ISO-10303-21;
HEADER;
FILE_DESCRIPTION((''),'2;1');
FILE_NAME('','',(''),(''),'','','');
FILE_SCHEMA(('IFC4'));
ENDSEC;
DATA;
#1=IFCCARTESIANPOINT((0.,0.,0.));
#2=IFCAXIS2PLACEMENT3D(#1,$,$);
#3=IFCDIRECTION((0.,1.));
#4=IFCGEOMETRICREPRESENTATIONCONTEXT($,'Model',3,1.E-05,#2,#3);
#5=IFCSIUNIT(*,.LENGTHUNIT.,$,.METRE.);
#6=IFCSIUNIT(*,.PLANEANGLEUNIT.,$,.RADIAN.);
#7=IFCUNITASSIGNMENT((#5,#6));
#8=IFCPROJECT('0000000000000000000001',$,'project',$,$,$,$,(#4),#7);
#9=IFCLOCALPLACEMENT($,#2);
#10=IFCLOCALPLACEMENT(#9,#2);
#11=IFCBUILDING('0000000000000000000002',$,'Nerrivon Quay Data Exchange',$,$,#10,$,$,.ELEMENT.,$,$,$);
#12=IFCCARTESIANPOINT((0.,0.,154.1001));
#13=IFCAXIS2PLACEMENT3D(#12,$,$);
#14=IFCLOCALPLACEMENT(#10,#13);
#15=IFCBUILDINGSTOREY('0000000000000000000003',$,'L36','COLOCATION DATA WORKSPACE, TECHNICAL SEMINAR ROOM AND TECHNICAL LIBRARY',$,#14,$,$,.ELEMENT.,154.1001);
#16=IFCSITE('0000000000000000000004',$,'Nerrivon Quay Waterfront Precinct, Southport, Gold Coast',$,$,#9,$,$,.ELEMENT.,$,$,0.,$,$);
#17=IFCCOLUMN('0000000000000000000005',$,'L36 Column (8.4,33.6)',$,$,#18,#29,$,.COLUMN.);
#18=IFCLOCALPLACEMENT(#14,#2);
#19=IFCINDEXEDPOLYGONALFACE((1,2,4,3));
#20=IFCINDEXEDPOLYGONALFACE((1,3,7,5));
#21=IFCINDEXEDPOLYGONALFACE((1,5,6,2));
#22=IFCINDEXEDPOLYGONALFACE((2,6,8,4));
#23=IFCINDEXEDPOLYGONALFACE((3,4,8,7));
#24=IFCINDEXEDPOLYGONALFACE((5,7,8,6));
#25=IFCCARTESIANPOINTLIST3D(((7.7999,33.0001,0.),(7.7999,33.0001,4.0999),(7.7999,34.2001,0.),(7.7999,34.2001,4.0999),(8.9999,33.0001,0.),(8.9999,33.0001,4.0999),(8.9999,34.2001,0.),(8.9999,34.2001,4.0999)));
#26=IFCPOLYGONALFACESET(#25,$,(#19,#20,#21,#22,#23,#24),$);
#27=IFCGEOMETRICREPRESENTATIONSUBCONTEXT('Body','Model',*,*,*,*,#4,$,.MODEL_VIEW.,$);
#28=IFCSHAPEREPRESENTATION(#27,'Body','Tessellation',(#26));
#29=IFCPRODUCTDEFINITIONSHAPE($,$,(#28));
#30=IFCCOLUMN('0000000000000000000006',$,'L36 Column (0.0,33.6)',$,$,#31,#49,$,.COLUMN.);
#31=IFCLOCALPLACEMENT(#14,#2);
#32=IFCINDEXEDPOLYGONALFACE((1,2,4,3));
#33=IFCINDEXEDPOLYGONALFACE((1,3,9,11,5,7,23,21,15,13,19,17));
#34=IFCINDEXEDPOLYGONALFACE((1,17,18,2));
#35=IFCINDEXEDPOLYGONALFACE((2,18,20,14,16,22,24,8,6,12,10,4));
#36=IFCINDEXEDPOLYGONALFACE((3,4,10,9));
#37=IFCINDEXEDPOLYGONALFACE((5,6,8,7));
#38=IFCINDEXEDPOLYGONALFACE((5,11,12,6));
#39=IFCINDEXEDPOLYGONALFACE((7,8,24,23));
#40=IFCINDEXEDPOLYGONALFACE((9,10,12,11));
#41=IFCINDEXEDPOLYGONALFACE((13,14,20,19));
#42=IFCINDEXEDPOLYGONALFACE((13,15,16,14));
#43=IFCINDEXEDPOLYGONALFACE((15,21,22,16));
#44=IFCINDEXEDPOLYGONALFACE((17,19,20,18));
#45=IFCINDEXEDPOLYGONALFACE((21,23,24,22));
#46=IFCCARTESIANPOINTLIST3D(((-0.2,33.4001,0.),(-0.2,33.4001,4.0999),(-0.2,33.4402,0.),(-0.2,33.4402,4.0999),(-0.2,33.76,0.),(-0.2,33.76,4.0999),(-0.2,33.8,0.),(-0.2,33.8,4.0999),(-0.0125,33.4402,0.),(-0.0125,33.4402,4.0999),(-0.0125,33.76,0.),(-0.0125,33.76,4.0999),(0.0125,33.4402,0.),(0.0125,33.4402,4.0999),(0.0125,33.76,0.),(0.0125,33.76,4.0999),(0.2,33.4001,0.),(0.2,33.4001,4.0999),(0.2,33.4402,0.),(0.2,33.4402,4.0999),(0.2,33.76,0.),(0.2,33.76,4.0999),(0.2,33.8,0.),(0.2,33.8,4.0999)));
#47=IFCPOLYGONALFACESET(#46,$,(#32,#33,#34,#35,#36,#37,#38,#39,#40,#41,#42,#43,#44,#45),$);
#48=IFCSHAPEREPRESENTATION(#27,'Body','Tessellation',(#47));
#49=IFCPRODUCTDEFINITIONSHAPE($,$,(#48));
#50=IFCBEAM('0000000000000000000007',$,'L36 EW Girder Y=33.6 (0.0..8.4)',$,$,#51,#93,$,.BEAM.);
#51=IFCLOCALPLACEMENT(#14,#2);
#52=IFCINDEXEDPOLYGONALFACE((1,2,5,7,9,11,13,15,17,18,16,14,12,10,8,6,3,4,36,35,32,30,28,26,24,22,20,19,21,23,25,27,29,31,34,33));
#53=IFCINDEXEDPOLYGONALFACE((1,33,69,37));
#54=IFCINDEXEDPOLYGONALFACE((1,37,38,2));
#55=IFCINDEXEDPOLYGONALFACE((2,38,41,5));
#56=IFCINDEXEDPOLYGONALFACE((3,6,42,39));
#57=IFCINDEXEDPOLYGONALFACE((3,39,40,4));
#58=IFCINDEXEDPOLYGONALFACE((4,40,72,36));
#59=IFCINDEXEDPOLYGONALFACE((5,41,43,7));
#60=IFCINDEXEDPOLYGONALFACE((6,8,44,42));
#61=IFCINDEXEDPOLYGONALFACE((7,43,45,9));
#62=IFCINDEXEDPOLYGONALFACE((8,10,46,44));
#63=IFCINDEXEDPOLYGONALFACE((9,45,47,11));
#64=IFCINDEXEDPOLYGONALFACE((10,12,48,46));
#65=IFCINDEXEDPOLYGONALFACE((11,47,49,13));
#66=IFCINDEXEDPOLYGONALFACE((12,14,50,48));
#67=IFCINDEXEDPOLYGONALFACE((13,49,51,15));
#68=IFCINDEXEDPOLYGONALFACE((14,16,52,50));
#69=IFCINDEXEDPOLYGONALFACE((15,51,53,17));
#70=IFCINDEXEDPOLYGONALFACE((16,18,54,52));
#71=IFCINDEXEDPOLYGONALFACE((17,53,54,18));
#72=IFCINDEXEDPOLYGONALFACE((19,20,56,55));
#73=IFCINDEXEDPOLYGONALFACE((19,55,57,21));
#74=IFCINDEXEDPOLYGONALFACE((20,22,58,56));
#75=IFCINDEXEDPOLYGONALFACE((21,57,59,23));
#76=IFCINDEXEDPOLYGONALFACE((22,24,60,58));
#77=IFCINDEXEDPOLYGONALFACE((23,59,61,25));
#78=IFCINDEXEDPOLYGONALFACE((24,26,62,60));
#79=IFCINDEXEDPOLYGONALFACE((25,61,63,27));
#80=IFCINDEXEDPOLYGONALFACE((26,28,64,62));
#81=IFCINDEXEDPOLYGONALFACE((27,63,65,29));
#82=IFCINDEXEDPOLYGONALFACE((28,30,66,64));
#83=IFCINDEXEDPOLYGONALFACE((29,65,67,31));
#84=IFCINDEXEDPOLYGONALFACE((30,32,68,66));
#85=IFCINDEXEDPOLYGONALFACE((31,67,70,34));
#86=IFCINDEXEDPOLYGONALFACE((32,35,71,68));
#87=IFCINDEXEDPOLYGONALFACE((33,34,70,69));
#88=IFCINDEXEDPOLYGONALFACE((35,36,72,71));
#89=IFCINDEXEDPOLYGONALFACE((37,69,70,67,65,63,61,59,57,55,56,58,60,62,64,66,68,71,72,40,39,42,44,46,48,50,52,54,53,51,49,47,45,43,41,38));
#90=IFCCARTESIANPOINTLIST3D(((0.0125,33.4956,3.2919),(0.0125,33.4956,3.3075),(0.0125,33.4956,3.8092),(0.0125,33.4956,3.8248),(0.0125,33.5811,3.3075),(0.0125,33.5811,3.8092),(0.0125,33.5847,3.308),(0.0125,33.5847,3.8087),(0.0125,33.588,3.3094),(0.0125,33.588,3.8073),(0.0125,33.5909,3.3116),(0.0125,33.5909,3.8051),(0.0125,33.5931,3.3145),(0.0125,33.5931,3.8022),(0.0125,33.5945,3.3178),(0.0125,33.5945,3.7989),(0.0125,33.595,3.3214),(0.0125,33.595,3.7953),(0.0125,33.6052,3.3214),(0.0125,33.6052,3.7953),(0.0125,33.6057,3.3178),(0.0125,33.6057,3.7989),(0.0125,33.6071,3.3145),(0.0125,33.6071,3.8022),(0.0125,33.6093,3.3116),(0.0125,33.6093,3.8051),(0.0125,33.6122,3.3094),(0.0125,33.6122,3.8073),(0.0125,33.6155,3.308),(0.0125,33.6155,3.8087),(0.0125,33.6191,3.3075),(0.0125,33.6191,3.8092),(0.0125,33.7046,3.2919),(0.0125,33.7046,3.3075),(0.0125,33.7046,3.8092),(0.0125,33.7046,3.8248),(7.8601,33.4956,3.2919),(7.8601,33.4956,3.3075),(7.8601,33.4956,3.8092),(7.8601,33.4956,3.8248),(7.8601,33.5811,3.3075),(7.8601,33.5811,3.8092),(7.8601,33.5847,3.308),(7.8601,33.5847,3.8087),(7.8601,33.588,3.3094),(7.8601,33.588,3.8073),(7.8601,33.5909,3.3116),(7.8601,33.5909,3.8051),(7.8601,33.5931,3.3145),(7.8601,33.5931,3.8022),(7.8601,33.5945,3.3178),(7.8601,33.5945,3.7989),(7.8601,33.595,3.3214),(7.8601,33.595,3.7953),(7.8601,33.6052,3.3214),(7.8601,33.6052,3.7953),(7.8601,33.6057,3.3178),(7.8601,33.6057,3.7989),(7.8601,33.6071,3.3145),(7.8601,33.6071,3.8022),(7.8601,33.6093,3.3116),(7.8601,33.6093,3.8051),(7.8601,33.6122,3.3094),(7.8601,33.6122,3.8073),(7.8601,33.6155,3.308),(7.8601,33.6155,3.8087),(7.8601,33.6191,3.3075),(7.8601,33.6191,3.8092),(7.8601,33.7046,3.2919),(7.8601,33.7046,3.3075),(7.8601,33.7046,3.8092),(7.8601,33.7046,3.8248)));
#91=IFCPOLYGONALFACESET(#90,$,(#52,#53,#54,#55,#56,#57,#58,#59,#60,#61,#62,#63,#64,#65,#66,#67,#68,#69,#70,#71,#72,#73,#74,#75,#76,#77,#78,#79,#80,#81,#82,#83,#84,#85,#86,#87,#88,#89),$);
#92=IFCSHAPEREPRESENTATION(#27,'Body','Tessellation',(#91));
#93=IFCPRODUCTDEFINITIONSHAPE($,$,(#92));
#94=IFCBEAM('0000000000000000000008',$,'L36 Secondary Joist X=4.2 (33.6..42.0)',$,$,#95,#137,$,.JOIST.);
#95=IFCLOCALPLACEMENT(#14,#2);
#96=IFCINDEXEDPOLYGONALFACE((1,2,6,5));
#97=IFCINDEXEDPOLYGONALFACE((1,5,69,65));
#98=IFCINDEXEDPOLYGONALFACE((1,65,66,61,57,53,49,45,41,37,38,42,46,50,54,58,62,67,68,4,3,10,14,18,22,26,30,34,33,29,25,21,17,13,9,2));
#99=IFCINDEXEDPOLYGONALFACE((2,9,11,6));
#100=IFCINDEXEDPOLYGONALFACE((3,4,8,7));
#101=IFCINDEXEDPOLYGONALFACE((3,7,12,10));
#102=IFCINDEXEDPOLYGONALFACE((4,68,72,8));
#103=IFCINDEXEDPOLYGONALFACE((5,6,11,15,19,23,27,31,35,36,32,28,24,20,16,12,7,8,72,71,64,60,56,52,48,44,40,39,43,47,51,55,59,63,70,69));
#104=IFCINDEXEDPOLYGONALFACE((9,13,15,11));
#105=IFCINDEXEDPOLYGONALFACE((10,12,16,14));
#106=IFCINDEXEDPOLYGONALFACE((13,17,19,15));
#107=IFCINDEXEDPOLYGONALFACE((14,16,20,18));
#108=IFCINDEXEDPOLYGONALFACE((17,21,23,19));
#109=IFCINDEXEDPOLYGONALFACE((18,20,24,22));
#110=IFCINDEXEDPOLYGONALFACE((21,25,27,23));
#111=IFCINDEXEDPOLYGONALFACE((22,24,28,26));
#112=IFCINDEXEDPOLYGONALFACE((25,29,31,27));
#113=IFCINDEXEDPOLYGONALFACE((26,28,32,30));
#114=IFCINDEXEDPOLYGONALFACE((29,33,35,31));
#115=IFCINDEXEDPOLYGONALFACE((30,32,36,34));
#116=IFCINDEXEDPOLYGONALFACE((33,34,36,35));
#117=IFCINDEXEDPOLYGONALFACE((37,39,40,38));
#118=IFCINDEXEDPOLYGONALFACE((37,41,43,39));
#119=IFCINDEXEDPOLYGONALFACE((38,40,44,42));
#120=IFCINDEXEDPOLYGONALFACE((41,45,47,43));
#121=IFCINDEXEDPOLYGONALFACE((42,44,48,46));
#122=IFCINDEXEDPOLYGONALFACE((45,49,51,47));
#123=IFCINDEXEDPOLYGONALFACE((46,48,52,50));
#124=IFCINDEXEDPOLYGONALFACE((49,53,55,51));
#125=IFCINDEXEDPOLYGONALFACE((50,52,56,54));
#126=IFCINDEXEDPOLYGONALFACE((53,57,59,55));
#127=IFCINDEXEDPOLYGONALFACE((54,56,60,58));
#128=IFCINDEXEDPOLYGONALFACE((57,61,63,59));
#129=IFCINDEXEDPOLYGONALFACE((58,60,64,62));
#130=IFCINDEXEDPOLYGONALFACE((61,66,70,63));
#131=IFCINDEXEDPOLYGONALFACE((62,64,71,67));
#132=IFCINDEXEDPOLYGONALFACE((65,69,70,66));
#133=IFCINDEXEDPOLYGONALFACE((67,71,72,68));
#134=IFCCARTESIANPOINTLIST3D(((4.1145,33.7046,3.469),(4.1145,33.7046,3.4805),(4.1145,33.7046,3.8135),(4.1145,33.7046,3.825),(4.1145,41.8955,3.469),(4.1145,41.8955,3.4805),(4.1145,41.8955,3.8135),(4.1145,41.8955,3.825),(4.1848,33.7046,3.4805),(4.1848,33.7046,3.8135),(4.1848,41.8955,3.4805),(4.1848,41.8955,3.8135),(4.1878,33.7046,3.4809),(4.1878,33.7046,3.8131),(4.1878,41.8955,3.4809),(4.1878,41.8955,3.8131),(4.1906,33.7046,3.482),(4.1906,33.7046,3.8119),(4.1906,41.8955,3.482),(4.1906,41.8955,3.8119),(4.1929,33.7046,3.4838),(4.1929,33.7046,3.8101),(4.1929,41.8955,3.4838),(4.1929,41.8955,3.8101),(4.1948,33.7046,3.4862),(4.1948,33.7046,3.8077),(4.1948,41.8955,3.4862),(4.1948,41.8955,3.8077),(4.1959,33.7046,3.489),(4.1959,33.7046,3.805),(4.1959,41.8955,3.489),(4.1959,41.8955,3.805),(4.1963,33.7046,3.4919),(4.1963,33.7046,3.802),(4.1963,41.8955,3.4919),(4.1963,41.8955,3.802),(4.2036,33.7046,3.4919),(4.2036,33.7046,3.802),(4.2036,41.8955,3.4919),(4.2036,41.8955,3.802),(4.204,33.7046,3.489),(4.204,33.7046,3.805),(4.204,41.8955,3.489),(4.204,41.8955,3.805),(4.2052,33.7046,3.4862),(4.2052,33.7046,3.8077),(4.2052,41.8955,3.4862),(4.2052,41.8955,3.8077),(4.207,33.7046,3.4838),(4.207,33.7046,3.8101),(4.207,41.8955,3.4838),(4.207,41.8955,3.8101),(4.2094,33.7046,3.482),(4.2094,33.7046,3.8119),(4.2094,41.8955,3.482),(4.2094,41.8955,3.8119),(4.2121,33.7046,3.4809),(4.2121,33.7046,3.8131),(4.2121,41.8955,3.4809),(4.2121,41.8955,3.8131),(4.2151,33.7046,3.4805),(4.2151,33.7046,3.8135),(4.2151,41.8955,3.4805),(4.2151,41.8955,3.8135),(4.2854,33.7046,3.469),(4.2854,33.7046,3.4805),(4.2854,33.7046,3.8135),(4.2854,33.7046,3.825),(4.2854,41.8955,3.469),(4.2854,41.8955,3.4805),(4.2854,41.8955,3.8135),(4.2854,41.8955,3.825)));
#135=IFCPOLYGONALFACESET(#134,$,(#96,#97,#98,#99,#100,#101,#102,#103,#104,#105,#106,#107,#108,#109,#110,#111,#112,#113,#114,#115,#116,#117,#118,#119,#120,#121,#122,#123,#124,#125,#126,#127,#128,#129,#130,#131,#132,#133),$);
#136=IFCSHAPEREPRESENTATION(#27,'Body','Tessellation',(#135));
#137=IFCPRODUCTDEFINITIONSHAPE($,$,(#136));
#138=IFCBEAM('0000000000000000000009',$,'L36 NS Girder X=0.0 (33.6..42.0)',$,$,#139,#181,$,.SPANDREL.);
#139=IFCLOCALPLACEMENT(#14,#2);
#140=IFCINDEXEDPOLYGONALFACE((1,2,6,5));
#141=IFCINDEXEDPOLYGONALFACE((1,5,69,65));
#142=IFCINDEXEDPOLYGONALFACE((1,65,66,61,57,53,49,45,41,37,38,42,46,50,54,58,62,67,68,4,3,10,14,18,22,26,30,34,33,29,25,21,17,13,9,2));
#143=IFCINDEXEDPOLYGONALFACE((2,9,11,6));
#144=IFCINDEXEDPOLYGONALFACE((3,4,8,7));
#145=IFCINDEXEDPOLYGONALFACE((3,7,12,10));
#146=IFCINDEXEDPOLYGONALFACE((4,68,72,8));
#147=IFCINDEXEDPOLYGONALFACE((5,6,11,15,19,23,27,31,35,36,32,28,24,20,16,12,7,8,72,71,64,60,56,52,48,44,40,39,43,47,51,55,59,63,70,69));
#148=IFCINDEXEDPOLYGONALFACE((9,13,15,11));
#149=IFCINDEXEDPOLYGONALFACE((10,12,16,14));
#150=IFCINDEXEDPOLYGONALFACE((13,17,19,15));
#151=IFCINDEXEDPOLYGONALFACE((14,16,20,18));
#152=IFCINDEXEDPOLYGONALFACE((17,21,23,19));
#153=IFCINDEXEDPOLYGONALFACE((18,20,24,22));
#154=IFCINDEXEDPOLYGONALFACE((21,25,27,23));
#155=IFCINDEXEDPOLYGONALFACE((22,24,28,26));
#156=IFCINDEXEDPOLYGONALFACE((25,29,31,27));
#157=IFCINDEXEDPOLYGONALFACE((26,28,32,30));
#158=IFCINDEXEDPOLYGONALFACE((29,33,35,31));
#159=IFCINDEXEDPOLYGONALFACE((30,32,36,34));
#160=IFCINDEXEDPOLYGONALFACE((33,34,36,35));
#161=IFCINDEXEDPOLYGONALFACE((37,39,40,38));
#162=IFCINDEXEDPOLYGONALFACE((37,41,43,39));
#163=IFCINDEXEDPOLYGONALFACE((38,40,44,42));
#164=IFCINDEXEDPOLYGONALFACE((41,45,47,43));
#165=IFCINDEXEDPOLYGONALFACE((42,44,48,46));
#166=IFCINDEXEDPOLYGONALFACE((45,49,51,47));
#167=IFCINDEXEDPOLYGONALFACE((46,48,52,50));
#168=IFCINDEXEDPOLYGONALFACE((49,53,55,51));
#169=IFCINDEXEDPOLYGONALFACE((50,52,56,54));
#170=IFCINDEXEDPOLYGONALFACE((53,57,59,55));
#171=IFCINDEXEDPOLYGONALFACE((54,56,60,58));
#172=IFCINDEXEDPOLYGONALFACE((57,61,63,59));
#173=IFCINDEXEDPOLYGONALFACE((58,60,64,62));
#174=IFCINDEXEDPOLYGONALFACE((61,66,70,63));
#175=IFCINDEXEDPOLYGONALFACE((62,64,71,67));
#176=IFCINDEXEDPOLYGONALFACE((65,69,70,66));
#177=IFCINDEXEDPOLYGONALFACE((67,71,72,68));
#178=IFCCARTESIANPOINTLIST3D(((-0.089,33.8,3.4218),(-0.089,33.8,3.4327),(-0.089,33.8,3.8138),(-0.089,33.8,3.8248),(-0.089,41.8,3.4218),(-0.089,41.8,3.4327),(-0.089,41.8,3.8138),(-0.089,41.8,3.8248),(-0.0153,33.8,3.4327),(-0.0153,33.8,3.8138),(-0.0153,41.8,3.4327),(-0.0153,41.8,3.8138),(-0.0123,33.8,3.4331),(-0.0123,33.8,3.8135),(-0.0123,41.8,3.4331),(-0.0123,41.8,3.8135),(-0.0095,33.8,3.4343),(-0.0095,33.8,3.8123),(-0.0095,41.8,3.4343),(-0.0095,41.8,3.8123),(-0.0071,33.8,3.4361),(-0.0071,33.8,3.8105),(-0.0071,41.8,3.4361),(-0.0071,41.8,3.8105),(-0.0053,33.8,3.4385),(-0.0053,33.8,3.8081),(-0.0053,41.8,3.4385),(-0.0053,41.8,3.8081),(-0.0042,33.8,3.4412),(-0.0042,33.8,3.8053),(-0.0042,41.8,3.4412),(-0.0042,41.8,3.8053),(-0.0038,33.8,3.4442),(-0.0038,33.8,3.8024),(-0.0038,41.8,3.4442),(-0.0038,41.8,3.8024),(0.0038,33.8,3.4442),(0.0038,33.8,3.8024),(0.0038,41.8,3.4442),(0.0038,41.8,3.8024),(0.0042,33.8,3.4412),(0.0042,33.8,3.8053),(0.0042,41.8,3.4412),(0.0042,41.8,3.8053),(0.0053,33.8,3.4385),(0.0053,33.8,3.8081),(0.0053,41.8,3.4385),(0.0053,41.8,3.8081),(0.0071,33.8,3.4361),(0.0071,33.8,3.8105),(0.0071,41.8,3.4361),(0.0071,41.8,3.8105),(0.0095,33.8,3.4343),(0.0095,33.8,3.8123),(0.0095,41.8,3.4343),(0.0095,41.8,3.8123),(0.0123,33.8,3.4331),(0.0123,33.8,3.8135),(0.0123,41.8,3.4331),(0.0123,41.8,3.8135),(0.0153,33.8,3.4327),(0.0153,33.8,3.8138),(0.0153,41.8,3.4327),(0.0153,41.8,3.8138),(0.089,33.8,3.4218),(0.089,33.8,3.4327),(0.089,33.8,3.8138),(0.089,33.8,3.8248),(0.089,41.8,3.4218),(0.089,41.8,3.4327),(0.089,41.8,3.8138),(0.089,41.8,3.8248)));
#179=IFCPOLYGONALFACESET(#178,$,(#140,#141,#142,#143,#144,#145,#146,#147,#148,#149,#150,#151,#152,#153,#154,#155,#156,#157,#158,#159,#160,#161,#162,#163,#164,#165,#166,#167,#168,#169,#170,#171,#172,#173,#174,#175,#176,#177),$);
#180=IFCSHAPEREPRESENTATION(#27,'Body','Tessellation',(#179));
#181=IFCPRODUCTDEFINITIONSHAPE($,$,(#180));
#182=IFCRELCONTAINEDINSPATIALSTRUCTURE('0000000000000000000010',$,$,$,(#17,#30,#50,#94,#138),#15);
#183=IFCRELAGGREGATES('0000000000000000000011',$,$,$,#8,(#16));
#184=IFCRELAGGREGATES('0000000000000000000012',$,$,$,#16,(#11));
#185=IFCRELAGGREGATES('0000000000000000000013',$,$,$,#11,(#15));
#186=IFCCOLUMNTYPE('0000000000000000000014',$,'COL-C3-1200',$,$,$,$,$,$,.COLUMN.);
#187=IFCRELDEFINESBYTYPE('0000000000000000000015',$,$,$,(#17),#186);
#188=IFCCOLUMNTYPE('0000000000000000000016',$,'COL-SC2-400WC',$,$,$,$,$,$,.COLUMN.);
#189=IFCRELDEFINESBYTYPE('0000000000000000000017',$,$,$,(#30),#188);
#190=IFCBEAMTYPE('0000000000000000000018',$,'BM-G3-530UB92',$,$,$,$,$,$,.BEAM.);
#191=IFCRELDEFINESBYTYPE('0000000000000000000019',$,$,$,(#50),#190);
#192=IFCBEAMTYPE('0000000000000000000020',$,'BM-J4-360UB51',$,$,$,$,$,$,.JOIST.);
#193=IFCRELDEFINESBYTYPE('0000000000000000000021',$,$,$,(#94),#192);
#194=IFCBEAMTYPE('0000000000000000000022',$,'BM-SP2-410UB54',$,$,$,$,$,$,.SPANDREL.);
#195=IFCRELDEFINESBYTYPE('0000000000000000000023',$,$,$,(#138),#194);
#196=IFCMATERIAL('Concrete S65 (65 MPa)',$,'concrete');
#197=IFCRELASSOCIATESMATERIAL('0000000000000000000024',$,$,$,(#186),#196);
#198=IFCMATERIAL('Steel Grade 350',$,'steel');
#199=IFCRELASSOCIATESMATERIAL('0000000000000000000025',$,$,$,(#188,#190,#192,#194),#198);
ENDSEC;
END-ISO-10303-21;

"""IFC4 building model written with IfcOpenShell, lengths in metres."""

from ifc_helpers import new_model, si_unit, direction, frame, origin, origin_2d, place, context, subcontext, project, spatial, rectangle, i_section, extrude, material, material_profile, profile_set, type_object, element, save


model = new_model("IFC4")

# Units and contexts
model_context = context("Model", 3, precision=1e-05, world=origin(), true_north=direction((0.0, 1.0)))
body_context = subcontext(model_context, "Body", "Model", "MODEL_VIEW")
ifc_project = project(units=[si_unit("LENGTHUNIT", "METRE"), si_unit("PLANEANGLEUNIT", "RADIAN")], contexts=[model_context])

# Site, building, storey
site_placement = place(None, origin())
site = spatial("IfcSite", under=ifc_project, at=site_placement, Name="Nerrivon Quay Waterfront Precinct, Southport, Gold Coast", CompositionType="ELEMENT", RefElevation=0.0)
building_placement = place(site_placement, origin())
building = spatial("IfcBuilding", under=site, at=building_placement, Name="Nerrivon Quay Data Exchange", CompositionType="ELEMENT")
storey_placement = place(building_placement, frame((0.0, 0.0, 154.1001)))
storey = spatial("IfcBuildingStorey", under=building, at=storey_placement, Name="L36", Description="COLOCATION DATA WORKSPACE, TECHNICAL SEMINAR ROOM AND TECHNICAL LIBRARY", CompositionType="ELEMENT", Elevation=154.1001)

# Columns
ifc_material_1 = material(Name="Concrete S65 (65 MPa)", Category="concrete")
ifc_material_profile_1 = material_profile(ifc_material_1, rectangle(XDim=1.2, YDim=1.2, at=origin_2d()), Name="RC-COL-1200x1200")
ifc_profile_set_1 = profile_set([ifc_material_profile_1], Name="Concrete S65 (65 MPa)")
column_type_1 = type_object("IfcColumnType", Name="COL-C3-1200", PredefinedType="COLUMN", material=ifc_profile_set_1)
column_1_placement = place(storey_placement, frame((8.3999, 33.6001, 0.0), z_axis=(0.0, 0.0, 1.0), x_axis=(1.0, 0.0, 0.0)))
element("IfcColumn", 1, at=column_1_placement, inside=storey, type_object=column_type_1, Name="L36 Column (8.4,33.6)", PredefinedType="COLUMN", context=body_context, shape_type="SweptSolid", body=[
    extrude(rectangle(XDim=1.2, YDim=1.2, at=origin_2d()), origin(), (0.0, 0.0, 1.0), 4.0999),
])
ifc_material_2 = material(Name="Steel Grade 350", Category="steel")
ifc_material_profile_2 = material_profile(ifc_material_2, i_section(OverallWidth=0.3999, OverallDepth=0.3999, WebThickness=0.0249, FlangeThickness=0.04, at=origin_2d()), Name="400WC328")
ifc_profile_set_2 = profile_set([ifc_material_profile_2], Name="Steel Grade 350")
column_type_2 = type_object("IfcColumnType", Name="COL-SC2-400WC", PredefinedType="COLUMN", material=ifc_profile_set_2)
column_2_placement = place(storey_placement, frame((0.0, 33.6001, 0.0), z_axis=(0.0, 0.0, 1.0), x_axis=(1.0, 0.0, 0.0)))
element("IfcColumn", 2, at=column_2_placement, inside=storey, type_object=column_type_2, Name="L36 Column (0.0,33.6)", PredefinedType="COLUMN", context=body_context, shape_type="SweptSolid", body=[
    extrude(i_section(OverallWidth=0.3999, OverallDepth=0.3999, WebThickness=0.0249, FlangeThickness=0.04, at=origin_2d()), origin(), (0.0, 0.0, 1.0), 4.0999),
])

# Beams
ifc_material_profile_3 = material_profile(ifc_material_2, i_section(OverallWidth=0.209, OverallDepth=0.533, WebThickness=0.0103, FlangeThickness=0.0156, FilletRadius=0.0139, at=origin_2d()), Name="530UB92.4")
ifc_profile_set_3 = profile_set([ifc_material_profile_3], Name="Steel Grade 350")
beam_type_1 = type_object("IfcBeamType", Name="BM-G3-530UB92", PredefinedType="BEAM", material=ifc_profile_set_3)
beam_1_placement = place(storey_placement, frame((0.0125, 33.6001, 3.5583), z_axis=(1.0, 0.0, 0.0), x_axis=(0.0, 1.0, 0.0)))
element("IfcBeam", 3, at=beam_1_placement, inside=storey, type_object=beam_type_1, Name="L36 EW Girder Y=33.6 (0.0..8.4)", PredefinedType="BEAM", context=body_context, shape_type="SweptSolid", body=[
    extrude(i_section(OverallWidth=0.209, OverallDepth=0.533, WebThickness=0.0103, FlangeThickness=0.0156, FilletRadius=0.0139, at=origin_2d()), origin(), (0.0, 0.0, 1.0), 7.8477),
])
ifc_material_profile_4 = material_profile(ifc_material_2, i_section(OverallWidth=0.1709, OverallDepth=0.356, WebThickness=0.0073, FlangeThickness=0.0115, FilletRadius=0.0115, at=origin_2d()), Name="360UB50.7")
ifc_profile_set_4 = profile_set([ifc_material_profile_4], Name="Steel Grade 350")
beam_type_2 = type_object("IfcBeamType", Name="BM-J4-360UB51", PredefinedType="JOIST", material=ifc_profile_set_4)
beam_2_placement = place(storey_placement, frame((4.2, 33.7046, 3.647), z_axis=(0.0, 1.0, 0.0), x_axis=(-1.0, 0.0, 0.0)))
element("IfcBeam", 4, at=beam_2_placement, inside=storey, type_object=beam_type_2, Name="L36 Secondary Joist X=4.2 (33.6..42.0)", PredefinedType="JOIST", context=body_context, shape_type="SweptSolid", body=[
    extrude(i_section(OverallWidth=0.1709, OverallDepth=0.356, WebThickness=0.0073, FlangeThickness=0.0115, FilletRadius=0.0115, at=origin_2d()), origin(), (0.0, 0.0, 1.0), 8.1909),
])
ifc_material_profile_5 = material_profile(ifc_material_2, i_section(OverallWidth=0.178, OverallDepth=0.4031, WebThickness=0.0076, FlangeThickness=0.011, FilletRadius=0.0115, at=origin_2d()), Name="410UB53.7")
ifc_profile_set_5 = profile_set([ifc_material_profile_5], Name="Steel Grade 350")
beam_type_3 = type_object("IfcBeamType", Name="BM-SP2-410UB54", PredefinedType="SPANDREL", material=ifc_profile_set_5)
beam_3_placement = place(storey_placement, frame((0.0, 33.8, 3.6233), z_axis=(0.0, 1.0, 0.0), x_axis=(-1.0, 0.0, 0.0)))
element("IfcBeam", 5, at=beam_3_placement, inside=storey, type_object=beam_type_3, Name="L36 NS Girder X=0.0 (33.6..42.0)", PredefinedType="SPANDREL", context=body_context, shape_type="SweptSolid", body=[
    extrude(i_section(OverallWidth=0.178, OverallDepth=0.4031, WebThickness=0.0076, FlangeThickness=0.011, FilletRadius=0.0115, at=origin_2d()), origin(), (0.0, 0.0, 1.0), 8.0),
])

save(model, "model.ifc")
